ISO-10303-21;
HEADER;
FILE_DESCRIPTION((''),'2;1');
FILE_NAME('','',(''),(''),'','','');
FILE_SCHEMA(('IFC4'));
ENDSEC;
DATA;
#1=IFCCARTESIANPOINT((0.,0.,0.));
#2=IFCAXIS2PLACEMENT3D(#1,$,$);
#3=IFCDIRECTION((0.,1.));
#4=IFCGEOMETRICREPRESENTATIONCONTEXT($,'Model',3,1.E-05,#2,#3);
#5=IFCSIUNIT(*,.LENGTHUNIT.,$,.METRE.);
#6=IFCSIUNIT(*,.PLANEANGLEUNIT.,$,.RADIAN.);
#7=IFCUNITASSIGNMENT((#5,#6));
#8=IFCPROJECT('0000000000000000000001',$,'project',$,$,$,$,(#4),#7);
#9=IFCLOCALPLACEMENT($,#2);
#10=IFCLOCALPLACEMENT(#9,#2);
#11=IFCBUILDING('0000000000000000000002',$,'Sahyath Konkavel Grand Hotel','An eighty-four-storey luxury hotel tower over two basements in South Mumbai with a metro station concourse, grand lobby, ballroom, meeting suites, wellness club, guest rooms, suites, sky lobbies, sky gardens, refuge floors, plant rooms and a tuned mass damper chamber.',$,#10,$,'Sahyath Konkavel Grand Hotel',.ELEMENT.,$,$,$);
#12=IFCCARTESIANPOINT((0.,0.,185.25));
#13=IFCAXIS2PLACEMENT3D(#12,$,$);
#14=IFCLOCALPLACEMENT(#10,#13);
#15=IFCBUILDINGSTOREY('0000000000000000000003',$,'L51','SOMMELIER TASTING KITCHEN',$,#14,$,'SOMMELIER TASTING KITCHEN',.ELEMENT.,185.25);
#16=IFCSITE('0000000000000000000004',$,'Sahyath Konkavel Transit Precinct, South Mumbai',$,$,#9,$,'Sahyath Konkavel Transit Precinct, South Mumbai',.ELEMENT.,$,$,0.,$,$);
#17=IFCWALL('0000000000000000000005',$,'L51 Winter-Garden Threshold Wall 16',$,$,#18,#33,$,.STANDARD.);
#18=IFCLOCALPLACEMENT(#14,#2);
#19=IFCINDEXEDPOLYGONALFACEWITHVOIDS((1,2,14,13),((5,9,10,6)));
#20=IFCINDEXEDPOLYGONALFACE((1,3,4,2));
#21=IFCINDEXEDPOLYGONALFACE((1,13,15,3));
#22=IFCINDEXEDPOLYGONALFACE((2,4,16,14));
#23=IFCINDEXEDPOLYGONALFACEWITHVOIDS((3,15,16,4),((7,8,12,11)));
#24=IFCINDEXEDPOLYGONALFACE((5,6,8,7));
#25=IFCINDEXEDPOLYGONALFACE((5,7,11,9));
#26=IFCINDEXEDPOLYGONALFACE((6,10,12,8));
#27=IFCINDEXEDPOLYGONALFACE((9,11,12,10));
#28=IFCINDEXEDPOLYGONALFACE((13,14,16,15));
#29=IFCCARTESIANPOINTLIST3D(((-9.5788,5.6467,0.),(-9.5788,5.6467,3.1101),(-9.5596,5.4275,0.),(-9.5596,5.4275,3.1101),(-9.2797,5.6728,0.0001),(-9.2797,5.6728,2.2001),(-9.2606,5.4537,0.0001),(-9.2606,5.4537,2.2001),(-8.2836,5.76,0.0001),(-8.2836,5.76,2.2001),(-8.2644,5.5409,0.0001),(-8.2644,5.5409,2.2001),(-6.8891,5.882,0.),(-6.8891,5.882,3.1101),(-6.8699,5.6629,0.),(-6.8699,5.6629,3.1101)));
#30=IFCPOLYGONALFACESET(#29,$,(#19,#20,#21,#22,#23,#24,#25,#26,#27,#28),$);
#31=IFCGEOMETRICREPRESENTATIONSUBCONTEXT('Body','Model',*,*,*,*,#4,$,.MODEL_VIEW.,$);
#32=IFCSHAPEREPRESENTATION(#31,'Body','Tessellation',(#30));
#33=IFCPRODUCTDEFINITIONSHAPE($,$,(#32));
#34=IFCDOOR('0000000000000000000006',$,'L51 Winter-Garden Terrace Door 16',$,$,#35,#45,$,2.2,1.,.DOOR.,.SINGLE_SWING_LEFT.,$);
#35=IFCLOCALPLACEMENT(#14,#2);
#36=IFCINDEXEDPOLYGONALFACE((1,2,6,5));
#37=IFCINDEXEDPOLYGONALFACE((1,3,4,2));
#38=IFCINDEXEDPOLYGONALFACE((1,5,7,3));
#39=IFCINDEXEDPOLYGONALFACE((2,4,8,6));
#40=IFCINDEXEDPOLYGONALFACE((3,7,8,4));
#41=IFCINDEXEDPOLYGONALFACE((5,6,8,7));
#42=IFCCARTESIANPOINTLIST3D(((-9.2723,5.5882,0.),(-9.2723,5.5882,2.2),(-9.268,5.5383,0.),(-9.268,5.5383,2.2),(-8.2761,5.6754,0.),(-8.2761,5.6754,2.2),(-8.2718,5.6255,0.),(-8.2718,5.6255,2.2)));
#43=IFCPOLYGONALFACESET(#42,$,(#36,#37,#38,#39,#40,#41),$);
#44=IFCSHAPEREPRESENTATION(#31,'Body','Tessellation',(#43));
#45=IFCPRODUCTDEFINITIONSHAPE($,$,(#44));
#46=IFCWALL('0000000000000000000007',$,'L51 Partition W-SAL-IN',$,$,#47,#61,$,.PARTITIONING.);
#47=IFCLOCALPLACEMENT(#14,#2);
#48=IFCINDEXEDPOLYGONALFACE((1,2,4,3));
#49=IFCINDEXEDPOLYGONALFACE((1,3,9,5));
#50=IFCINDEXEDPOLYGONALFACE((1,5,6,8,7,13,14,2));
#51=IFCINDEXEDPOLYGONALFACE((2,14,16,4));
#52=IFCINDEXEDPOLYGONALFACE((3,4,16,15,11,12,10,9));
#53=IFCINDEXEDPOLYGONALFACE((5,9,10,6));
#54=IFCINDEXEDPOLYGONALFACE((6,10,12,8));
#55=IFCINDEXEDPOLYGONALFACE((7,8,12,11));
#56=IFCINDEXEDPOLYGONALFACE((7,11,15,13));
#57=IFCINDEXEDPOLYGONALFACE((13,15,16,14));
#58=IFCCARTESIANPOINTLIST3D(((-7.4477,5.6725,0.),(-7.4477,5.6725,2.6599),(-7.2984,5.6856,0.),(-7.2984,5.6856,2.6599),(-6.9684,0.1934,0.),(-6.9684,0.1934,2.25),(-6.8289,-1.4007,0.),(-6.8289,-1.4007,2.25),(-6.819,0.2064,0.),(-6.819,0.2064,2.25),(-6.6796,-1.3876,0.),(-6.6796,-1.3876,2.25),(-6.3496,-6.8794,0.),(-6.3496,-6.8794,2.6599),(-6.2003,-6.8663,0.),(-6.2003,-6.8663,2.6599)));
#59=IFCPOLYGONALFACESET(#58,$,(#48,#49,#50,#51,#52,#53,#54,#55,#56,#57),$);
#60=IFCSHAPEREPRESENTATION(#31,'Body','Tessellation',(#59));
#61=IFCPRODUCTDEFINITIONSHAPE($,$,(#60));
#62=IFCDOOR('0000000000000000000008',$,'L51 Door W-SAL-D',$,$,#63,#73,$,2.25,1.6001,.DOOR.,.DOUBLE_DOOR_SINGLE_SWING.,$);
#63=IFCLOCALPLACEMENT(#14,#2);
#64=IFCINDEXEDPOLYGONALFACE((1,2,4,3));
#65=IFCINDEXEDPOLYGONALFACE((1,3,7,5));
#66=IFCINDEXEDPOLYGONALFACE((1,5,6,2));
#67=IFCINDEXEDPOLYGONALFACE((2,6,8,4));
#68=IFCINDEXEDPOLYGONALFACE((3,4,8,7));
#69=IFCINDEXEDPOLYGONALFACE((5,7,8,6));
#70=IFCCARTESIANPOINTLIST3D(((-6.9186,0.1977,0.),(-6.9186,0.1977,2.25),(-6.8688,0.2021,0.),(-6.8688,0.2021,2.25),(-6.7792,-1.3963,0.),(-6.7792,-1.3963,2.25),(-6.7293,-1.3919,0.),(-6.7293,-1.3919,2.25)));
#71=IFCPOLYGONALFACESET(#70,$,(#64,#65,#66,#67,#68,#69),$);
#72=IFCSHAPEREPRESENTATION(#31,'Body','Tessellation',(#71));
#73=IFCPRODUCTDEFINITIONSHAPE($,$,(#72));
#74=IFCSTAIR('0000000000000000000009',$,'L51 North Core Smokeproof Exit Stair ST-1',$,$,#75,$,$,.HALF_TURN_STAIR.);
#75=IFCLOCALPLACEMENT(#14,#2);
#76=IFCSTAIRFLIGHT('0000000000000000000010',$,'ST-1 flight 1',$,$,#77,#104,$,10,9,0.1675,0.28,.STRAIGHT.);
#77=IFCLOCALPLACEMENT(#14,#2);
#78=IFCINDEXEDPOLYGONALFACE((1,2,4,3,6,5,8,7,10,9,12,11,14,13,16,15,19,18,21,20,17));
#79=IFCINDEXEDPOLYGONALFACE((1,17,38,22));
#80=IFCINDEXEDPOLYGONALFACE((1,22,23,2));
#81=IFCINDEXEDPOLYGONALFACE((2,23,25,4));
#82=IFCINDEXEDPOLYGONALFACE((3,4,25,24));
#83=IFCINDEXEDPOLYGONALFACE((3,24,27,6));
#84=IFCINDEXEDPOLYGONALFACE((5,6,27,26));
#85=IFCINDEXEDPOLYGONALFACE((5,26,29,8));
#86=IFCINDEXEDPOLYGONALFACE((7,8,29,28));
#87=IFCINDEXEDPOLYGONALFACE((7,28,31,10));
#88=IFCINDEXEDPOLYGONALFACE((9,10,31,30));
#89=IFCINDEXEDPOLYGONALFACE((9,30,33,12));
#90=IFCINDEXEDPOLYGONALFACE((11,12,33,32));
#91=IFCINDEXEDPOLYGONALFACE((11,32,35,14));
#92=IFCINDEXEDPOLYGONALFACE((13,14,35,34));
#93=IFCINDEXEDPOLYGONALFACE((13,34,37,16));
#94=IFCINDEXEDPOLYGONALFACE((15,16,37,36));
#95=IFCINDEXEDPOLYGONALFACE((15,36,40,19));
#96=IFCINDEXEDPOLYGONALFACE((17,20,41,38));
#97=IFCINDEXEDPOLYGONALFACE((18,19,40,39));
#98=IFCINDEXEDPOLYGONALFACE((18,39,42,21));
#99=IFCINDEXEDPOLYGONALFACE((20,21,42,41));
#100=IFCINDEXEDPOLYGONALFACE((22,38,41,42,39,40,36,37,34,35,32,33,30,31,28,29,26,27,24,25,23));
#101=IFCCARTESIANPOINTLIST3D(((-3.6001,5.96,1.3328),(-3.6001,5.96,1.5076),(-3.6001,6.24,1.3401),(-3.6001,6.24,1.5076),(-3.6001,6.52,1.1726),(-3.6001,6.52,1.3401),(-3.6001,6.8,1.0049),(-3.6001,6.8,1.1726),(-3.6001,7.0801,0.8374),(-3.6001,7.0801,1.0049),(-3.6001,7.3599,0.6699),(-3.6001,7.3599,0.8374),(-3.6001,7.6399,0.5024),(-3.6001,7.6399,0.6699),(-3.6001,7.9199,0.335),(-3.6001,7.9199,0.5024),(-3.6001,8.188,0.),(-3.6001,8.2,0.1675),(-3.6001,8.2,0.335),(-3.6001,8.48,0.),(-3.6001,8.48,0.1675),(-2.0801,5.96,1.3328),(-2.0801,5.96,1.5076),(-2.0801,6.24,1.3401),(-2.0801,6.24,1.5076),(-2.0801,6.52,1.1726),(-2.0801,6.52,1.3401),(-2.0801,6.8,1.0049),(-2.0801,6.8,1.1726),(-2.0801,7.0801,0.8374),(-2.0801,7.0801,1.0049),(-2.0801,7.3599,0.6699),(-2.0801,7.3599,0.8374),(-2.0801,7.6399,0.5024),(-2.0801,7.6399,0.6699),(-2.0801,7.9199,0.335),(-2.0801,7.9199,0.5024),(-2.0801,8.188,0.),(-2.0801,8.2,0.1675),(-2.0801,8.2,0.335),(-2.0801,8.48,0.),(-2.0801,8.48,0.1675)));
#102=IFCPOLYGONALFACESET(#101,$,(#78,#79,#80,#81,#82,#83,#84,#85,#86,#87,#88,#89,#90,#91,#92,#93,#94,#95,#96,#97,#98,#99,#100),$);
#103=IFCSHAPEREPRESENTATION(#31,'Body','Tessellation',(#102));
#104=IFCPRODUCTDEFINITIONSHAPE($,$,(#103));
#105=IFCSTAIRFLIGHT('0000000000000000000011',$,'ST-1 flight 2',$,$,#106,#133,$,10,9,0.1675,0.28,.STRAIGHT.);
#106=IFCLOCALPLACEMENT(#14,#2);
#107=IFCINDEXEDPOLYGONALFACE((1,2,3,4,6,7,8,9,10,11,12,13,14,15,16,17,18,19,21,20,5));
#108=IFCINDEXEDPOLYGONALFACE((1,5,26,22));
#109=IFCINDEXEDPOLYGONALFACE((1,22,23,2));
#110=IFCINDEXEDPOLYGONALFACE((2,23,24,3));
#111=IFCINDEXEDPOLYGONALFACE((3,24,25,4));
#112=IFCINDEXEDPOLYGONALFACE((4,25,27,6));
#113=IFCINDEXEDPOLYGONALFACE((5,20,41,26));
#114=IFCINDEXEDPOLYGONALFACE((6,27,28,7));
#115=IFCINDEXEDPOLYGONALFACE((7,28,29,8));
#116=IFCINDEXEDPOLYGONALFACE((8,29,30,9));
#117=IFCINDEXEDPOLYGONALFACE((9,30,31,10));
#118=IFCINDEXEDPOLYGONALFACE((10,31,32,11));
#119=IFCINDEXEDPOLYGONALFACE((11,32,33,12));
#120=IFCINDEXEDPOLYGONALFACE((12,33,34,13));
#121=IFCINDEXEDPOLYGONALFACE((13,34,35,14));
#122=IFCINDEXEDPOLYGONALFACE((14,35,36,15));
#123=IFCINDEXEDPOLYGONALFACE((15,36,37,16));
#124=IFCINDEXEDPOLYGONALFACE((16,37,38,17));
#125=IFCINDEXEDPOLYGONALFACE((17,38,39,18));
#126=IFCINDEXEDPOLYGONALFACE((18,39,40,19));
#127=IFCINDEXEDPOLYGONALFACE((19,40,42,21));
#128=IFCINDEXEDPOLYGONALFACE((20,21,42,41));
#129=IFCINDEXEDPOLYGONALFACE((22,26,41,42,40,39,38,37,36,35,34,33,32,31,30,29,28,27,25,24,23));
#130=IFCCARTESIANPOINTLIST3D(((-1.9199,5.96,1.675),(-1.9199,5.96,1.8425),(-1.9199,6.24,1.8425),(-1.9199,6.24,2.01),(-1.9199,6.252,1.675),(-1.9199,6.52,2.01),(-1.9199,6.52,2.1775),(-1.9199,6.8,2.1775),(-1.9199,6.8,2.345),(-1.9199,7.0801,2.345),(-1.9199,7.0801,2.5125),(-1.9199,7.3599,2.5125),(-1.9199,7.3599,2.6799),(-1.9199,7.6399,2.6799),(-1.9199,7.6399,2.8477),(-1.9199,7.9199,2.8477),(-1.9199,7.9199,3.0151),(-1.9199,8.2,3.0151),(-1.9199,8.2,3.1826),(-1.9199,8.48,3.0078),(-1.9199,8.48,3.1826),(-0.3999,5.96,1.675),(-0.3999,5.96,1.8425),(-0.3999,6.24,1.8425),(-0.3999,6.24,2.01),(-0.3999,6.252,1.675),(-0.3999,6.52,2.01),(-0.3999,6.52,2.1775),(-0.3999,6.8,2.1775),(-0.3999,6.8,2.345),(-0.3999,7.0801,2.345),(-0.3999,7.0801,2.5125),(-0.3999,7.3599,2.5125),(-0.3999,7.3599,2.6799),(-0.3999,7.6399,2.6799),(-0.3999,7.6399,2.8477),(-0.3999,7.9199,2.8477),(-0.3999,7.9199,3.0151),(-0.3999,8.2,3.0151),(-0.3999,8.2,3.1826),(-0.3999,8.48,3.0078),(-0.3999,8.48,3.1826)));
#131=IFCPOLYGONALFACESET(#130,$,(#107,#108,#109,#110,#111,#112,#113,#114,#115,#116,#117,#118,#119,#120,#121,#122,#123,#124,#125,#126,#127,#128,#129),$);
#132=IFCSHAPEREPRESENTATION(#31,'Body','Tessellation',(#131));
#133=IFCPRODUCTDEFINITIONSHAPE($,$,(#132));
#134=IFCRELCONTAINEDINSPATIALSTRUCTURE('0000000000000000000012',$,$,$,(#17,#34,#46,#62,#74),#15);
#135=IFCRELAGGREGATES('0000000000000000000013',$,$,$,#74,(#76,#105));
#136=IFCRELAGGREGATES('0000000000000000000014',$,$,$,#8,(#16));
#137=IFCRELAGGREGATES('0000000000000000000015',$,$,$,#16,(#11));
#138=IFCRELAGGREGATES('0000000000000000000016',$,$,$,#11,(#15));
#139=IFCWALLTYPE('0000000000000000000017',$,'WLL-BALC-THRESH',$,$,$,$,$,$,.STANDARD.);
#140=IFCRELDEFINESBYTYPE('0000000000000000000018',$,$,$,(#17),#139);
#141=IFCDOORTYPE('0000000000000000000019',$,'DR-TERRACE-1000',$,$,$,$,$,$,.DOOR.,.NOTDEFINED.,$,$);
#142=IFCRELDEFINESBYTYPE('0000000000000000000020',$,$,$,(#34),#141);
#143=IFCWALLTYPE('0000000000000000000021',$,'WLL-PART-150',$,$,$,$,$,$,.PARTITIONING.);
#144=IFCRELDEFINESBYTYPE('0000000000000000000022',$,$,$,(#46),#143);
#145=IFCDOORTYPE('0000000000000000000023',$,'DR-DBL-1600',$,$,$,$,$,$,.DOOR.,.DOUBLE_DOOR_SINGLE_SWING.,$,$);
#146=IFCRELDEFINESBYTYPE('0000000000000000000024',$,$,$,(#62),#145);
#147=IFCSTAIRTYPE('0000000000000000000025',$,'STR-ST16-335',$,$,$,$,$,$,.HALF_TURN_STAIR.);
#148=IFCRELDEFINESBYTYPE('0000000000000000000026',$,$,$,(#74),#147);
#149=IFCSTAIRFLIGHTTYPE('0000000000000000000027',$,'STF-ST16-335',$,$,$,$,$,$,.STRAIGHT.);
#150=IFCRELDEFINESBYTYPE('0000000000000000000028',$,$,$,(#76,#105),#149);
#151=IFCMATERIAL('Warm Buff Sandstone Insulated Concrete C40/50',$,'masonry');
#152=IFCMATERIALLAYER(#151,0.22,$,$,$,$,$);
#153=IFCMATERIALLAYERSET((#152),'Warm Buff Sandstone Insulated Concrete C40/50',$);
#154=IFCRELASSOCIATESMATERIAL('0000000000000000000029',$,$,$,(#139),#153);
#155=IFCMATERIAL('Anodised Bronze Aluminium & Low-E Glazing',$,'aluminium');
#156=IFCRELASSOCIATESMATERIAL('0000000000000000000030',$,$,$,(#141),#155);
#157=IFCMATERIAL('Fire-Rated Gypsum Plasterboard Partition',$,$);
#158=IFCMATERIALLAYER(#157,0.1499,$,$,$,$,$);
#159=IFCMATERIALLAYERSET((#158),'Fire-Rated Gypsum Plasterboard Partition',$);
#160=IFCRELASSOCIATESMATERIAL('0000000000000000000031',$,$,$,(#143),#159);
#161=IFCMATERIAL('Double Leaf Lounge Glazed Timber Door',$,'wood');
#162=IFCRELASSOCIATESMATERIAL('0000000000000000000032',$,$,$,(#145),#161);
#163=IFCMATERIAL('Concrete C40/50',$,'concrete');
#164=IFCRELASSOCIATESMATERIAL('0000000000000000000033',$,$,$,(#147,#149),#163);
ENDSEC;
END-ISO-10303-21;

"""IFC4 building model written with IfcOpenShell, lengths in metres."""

from ifc_helpers import new_model, si_unit, direction, frame, frame_2d, origin, origin_2d, place, context, subcontext, project, spatial, polyline, rectangle, outline, extrude, source, transform, mapped, material, layer, layer_set, type_object, element, fill, aggregate, save


model = new_model("IFC4")

# Units and contexts
model_context = context("Model", 3, precision=1e-05, world=origin(), true_north=direction((0.0, 1.0)))
body_context = subcontext(model_context, "Body", "Model", "MODEL_VIEW")
ifc_project = project(units=[si_unit("LENGTHUNIT", "METRE"), si_unit("PLANEANGLEUNIT", "RADIAN")], contexts=[model_context])

# Site, building, storey
site_placement = place(None, origin())
site = spatial("IfcSite", under=ifc_project, at=site_placement, Name="Sahyath Konkavel Transit Precinct, South Mumbai", LongName="Sahyath Konkavel Transit Precinct, South Mumbai", CompositionType="ELEMENT", RefElevation=0.0)
building_placement = place(site_placement, origin())
building = spatial("IfcBuilding", under=site, at=building_placement, Name="Sahyath Konkavel Grand Hotel", Description="An eighty-four-storey luxury hotel tower over two basements in South Mumbai with a metro station concourse, grand lobby, ballroom, meeting suites, wellness club, guest rooms, suites, sky lobbies, sky gardens, refuge floors, plant rooms and a tuned mass damper chamber.", LongName="Sahyath Konkavel Grand Hotel", CompositionType="ELEMENT")
storey_placement = place(building_placement, frame((0.0, 0.0, 185.25)))
storey = spatial("IfcBuildingStorey", under=building, at=storey_placement, Name="L51", Description="SOMMELIER TASTING KITCHEN", LongName="SOMMELIER TASTING KITCHEN", CompositionType="ELEMENT", Elevation=185.25)

# Shared definitions
ifc_material_1 = material(Name="Anodised Bronze Aluminium & Low-E Glazing", Category="aluminium")

# Walls, openings, doors
ifc_material_2 = material(Name="Warm Buff Sandstone Insulated Concrete C40/50", Category="masonry")
ifc_layer_1 = layer(ifc_material_2, 0.22)
ifc_layer_set_1 = layer_set([ifc_layer_1], Name="Warm Buff Sandstone Insulated Concrete C40/50")
wall_type_1 = type_object("IfcWallType", Name="WLL-BALC-THRESH", PredefinedType="STANDARD", material=ifc_layer_set_1)
wall_1_placement = place(storey_placement, frame((-6.8794, 5.7725, 0.0), z_axis=(0.0, 0.0, 1.0), x_axis=(-0.996194, -0.087168, 0.0)))
wall_1 = element("IfcWall", 1, at=wall_1_placement, inside=storey, type_object=wall_type_1, Name="L51 Winter-Garden Threshold Wall 16", PredefinedType="STANDARD", context=body_context, shape_type="SweptSolid", body=[
    extrude(rectangle(XDim=2.7, YDim=0.22, at=frame_2d((1.3501, 0.0))), origin(), (0.0, 0.0, 1.0), 3.1101),
])
opening_1_placement = place(wall_1_placement, frame((1.3999, 0.0, 0.0)))
opening_1 = element("IfcOpeningElement", 2, at=opening_1_placement, cuts=wall_1, PredefinedType="OPENING", context=body_context, shape_type="SweptSolid", body=[
    extrude(rectangle(XDim=1.0, YDim=2.2, at=frame_2d((0.5, 1.1001))), frame((0.0, 0.1201, 0.0), z_axis=(0.0, -1.0, 0.0), x_axis=(1.0, 0.0, 0.0)), (0.0, 0.0, 1.0), 0.24),
])
door_type_1 = type_object("IfcDoorType", Name="DR-TERRACE-1000", OperationType="NOTDEFINED", PredefinedType="DOOR", material=ifc_material_1)
shared_shape_1 = source(origin(), body_context, "Body", "SweptSolid", [
    extrude(rectangle(XDim=1.0, YDim=0.05, at=origin_2d()), origin(), (0.0, 0.0, 1.0), 2.2),
])
door_1_placement = place(opening_1_placement, frame((0.5, 0.0, 0.0)))
door_1 = element("IfcDoor", 3, at=door_1_placement, inside=storey, type_object=door_type_1, Name="L51 Winter-Garden Terrace Door 16", OperationType="SINGLE_SWING_LEFT", OverallHeight=2.2, OverallWidth=1.0, PredefinedType="DOOR", context=body_context, shape_type="MappedRepresentation", body=[
    mapped(shared_shape_1, transform((0.0, 0.0, 0.0), scale=1.0)),
])
fill(opening_1, door_1)
ifc_material_3 = material(Name="Fire-Rated Gypsum Plasterboard Partition")
ifc_layer_2 = layer(ifc_material_3, 0.1499)
ifc_layer_set_2 = layer_set([ifc_layer_2], Name="Fire-Rated Gypsum Plasterboard Partition")
wall_type_2 = type_object("IfcWallType", Name="WLL-PART-150", PredefinedType="PARTITIONING", material=ifc_layer_set_2)
wall_2_placement = place(storey_placement, frame((-7.373, 5.679, 0.0), z_axis=(0.0, 0.0, 1.0), x_axis=(0.087155, -0.996195, 0.0)))
wall_2 = element("IfcWall", 4, at=wall_2_placement, inside=storey, type_object=wall_type_2, Name="L51 Partition W-SAL-IN", PredefinedType="PARTITIONING", context=body_context, shape_type="SweptSolid", body=[
    extrude(rectangle(XDim=12.5999, YDim=0.1499, at=frame_2d((6.2998, 0.0))), origin(), (0.0, 0.0, 1.0), 2.6599),
])
opening_2_placement = place(wall_2_placement, frame((5.5, 0.0, 0.0)))
opening_2 = element("IfcOpeningElement", 5, at=opening_2_placement, cuts=wall_2, PredefinedType="OPENING", context=body_context, shape_type="SweptSolid", body=[
    extrude(rectangle(XDim=1.6001, YDim=2.25, at=frame_2d((0.8, 1.125))), frame((0.0, 0.085, 0.0), z_axis=(0.0, -1.0, 0.0), x_axis=(1.0, 0.0, 0.0)), (0.0, 0.0, 1.0), 0.1699),
])
ifc_material_4 = material(Name="Double Leaf Lounge Glazed Timber Door", Category="wood")
door_type_2 = type_object("IfcDoorType", Name="DR-DBL-1600", OperationType="DOUBLE_DOOR_SINGLE_SWING", PredefinedType="DOOR", material=ifc_material_4)
shared_shape_2 = source(origin(), body_context, "Body", "SweptSolid", [
    extrude(rectangle(XDim=1.6001, YDim=0.05, at=origin_2d()), origin(), (0.0, 0.0, 1.0), 2.25),
])
door_2_placement = place(opening_2_placement, frame((0.8, 0.0, 0.0)))
door_2 = element("IfcDoor", 6, at=door_2_placement, inside=storey, type_object=door_type_2, Name="L51 Door W-SAL-D", OperationType="DOUBLE_DOOR_SINGLE_SWING", OverallHeight=2.25, OverallWidth=1.6001, PredefinedType="DOOR", context=body_context, shape_type="MappedRepresentation", body=[
    mapped(shared_shape_2, transform((0.0, 0.0, 0.0), scale=1.0)),
])
fill(opening_2, door_2)

# Stair, stair flights
ifc_material_5 = material(Name="Concrete C40/50", Category="concrete")
stair_type = type_object("IfcStairType", Name="STR-ST16-335", PredefinedType="HALF_TURN_STAIR", material=ifc_material_5)
stair_placement = place(storey_placement, origin())
stair = element("IfcStair", 7, at=stair_placement, inside=storey, type_object=stair_type, Name="L51 North Core Smokeproof Exit Stair ST-1", PredefinedType="HALF_TURN_STAIR")
stair_flight_type = type_object("IfcStairFlightType", Name="STF-ST16-335", PredefinedType="STRAIGHT", material=ifc_material_5)
stair_flight_1_placement = place(storey_placement, frame((-2.8401, 8.48, 0.0), z_axis=(0.0, 0.0, 1.0), x_axis=(0.0, -1.0, 0.0)))
stair_flight_1 = element("IfcStairFlight", 8, at=stair_flight_1_placement, type_object=stair_flight_type, Name="ST-1 flight 1", NumberOfRisers=10, NumberOfTreads=9, PredefinedType="STRAIGHT", RiserHeight=0.1675, TreadLength=0.28, context=body_context, shape_type="SweptSolid", body=[
    extrude(outline(polyline([(0.0, 0.0), (0.0, 0.1675), (0.28, 0.1675), (0.28, 0.335), (0.5601, 0.335), (0.5601, 0.5024), (0.8401, 0.5024), (0.8401, 0.6699), (1.1201, 0.6699), (1.1201, 0.8374), (1.3999, 0.8374), (1.3999, 1.0049), (1.6799, 1.0049), (1.6799, 1.1726), (1.96, 1.1726), (1.96, 1.3401), (2.24, 1.3401), (2.24, 1.5076), (2.52, 1.5076), (2.52, 1.675), (2.52, 1.3328), (0.292, 0.0), (0.0, 0.0)])), frame((0.0, 0.76, 0.0), z_axis=(0.0, -1.0, 0.0), x_axis=(1.0, 0.0, 0.0)), (0.0, 0.0, 1.0), 1.52),
])
stair_flight_2_placement = place(storey_placement, frame((-1.1599, 5.96, 1.675), z_axis=(0.0, 0.0, 1.0), x_axis=(0.0, 1.0, 0.0)))
stair_flight_2 = element("IfcStairFlight", 9, at=stair_flight_2_placement, type_object=stair_flight_type, Name="ST-1 flight 2", NumberOfRisers=10, NumberOfTreads=9, PredefinedType="STRAIGHT", RiserHeight=0.1675, TreadLength=0.28, context=body_context, shape_type="SweptSolid", body=[
    extrude(outline(polyline([(0.0, 0.0), (0.0, 0.1675), (0.28, 0.1675), (0.28, 0.335), (0.5601, 0.335), (0.5601, 0.5024), (0.8401, 0.5024), (0.8401, 0.6699), (1.1201, 0.6699), (1.1201, 0.8374), (1.3999, 0.8374), (1.3999, 1.0049), (1.6799, 1.0049), (1.6799, 1.1726), (1.96, 1.1726), (1.96, 1.3401), (2.24, 1.3401), (2.24, 1.5076), (2.52, 1.5076), (2.52, 1.675), (2.52, 1.3328), (0.292, 0.0), (0.0, 0.0)])), frame((0.0, 0.76, 0.0), z_axis=(0.0, -1.0, 0.0), x_axis=(1.0, 0.0, 0.0)), (0.0, 0.0, 1.0), 1.52),
])
aggregate(stair, [stair_flight_1, stair_flight_2])

save(model, "model.ifc")
